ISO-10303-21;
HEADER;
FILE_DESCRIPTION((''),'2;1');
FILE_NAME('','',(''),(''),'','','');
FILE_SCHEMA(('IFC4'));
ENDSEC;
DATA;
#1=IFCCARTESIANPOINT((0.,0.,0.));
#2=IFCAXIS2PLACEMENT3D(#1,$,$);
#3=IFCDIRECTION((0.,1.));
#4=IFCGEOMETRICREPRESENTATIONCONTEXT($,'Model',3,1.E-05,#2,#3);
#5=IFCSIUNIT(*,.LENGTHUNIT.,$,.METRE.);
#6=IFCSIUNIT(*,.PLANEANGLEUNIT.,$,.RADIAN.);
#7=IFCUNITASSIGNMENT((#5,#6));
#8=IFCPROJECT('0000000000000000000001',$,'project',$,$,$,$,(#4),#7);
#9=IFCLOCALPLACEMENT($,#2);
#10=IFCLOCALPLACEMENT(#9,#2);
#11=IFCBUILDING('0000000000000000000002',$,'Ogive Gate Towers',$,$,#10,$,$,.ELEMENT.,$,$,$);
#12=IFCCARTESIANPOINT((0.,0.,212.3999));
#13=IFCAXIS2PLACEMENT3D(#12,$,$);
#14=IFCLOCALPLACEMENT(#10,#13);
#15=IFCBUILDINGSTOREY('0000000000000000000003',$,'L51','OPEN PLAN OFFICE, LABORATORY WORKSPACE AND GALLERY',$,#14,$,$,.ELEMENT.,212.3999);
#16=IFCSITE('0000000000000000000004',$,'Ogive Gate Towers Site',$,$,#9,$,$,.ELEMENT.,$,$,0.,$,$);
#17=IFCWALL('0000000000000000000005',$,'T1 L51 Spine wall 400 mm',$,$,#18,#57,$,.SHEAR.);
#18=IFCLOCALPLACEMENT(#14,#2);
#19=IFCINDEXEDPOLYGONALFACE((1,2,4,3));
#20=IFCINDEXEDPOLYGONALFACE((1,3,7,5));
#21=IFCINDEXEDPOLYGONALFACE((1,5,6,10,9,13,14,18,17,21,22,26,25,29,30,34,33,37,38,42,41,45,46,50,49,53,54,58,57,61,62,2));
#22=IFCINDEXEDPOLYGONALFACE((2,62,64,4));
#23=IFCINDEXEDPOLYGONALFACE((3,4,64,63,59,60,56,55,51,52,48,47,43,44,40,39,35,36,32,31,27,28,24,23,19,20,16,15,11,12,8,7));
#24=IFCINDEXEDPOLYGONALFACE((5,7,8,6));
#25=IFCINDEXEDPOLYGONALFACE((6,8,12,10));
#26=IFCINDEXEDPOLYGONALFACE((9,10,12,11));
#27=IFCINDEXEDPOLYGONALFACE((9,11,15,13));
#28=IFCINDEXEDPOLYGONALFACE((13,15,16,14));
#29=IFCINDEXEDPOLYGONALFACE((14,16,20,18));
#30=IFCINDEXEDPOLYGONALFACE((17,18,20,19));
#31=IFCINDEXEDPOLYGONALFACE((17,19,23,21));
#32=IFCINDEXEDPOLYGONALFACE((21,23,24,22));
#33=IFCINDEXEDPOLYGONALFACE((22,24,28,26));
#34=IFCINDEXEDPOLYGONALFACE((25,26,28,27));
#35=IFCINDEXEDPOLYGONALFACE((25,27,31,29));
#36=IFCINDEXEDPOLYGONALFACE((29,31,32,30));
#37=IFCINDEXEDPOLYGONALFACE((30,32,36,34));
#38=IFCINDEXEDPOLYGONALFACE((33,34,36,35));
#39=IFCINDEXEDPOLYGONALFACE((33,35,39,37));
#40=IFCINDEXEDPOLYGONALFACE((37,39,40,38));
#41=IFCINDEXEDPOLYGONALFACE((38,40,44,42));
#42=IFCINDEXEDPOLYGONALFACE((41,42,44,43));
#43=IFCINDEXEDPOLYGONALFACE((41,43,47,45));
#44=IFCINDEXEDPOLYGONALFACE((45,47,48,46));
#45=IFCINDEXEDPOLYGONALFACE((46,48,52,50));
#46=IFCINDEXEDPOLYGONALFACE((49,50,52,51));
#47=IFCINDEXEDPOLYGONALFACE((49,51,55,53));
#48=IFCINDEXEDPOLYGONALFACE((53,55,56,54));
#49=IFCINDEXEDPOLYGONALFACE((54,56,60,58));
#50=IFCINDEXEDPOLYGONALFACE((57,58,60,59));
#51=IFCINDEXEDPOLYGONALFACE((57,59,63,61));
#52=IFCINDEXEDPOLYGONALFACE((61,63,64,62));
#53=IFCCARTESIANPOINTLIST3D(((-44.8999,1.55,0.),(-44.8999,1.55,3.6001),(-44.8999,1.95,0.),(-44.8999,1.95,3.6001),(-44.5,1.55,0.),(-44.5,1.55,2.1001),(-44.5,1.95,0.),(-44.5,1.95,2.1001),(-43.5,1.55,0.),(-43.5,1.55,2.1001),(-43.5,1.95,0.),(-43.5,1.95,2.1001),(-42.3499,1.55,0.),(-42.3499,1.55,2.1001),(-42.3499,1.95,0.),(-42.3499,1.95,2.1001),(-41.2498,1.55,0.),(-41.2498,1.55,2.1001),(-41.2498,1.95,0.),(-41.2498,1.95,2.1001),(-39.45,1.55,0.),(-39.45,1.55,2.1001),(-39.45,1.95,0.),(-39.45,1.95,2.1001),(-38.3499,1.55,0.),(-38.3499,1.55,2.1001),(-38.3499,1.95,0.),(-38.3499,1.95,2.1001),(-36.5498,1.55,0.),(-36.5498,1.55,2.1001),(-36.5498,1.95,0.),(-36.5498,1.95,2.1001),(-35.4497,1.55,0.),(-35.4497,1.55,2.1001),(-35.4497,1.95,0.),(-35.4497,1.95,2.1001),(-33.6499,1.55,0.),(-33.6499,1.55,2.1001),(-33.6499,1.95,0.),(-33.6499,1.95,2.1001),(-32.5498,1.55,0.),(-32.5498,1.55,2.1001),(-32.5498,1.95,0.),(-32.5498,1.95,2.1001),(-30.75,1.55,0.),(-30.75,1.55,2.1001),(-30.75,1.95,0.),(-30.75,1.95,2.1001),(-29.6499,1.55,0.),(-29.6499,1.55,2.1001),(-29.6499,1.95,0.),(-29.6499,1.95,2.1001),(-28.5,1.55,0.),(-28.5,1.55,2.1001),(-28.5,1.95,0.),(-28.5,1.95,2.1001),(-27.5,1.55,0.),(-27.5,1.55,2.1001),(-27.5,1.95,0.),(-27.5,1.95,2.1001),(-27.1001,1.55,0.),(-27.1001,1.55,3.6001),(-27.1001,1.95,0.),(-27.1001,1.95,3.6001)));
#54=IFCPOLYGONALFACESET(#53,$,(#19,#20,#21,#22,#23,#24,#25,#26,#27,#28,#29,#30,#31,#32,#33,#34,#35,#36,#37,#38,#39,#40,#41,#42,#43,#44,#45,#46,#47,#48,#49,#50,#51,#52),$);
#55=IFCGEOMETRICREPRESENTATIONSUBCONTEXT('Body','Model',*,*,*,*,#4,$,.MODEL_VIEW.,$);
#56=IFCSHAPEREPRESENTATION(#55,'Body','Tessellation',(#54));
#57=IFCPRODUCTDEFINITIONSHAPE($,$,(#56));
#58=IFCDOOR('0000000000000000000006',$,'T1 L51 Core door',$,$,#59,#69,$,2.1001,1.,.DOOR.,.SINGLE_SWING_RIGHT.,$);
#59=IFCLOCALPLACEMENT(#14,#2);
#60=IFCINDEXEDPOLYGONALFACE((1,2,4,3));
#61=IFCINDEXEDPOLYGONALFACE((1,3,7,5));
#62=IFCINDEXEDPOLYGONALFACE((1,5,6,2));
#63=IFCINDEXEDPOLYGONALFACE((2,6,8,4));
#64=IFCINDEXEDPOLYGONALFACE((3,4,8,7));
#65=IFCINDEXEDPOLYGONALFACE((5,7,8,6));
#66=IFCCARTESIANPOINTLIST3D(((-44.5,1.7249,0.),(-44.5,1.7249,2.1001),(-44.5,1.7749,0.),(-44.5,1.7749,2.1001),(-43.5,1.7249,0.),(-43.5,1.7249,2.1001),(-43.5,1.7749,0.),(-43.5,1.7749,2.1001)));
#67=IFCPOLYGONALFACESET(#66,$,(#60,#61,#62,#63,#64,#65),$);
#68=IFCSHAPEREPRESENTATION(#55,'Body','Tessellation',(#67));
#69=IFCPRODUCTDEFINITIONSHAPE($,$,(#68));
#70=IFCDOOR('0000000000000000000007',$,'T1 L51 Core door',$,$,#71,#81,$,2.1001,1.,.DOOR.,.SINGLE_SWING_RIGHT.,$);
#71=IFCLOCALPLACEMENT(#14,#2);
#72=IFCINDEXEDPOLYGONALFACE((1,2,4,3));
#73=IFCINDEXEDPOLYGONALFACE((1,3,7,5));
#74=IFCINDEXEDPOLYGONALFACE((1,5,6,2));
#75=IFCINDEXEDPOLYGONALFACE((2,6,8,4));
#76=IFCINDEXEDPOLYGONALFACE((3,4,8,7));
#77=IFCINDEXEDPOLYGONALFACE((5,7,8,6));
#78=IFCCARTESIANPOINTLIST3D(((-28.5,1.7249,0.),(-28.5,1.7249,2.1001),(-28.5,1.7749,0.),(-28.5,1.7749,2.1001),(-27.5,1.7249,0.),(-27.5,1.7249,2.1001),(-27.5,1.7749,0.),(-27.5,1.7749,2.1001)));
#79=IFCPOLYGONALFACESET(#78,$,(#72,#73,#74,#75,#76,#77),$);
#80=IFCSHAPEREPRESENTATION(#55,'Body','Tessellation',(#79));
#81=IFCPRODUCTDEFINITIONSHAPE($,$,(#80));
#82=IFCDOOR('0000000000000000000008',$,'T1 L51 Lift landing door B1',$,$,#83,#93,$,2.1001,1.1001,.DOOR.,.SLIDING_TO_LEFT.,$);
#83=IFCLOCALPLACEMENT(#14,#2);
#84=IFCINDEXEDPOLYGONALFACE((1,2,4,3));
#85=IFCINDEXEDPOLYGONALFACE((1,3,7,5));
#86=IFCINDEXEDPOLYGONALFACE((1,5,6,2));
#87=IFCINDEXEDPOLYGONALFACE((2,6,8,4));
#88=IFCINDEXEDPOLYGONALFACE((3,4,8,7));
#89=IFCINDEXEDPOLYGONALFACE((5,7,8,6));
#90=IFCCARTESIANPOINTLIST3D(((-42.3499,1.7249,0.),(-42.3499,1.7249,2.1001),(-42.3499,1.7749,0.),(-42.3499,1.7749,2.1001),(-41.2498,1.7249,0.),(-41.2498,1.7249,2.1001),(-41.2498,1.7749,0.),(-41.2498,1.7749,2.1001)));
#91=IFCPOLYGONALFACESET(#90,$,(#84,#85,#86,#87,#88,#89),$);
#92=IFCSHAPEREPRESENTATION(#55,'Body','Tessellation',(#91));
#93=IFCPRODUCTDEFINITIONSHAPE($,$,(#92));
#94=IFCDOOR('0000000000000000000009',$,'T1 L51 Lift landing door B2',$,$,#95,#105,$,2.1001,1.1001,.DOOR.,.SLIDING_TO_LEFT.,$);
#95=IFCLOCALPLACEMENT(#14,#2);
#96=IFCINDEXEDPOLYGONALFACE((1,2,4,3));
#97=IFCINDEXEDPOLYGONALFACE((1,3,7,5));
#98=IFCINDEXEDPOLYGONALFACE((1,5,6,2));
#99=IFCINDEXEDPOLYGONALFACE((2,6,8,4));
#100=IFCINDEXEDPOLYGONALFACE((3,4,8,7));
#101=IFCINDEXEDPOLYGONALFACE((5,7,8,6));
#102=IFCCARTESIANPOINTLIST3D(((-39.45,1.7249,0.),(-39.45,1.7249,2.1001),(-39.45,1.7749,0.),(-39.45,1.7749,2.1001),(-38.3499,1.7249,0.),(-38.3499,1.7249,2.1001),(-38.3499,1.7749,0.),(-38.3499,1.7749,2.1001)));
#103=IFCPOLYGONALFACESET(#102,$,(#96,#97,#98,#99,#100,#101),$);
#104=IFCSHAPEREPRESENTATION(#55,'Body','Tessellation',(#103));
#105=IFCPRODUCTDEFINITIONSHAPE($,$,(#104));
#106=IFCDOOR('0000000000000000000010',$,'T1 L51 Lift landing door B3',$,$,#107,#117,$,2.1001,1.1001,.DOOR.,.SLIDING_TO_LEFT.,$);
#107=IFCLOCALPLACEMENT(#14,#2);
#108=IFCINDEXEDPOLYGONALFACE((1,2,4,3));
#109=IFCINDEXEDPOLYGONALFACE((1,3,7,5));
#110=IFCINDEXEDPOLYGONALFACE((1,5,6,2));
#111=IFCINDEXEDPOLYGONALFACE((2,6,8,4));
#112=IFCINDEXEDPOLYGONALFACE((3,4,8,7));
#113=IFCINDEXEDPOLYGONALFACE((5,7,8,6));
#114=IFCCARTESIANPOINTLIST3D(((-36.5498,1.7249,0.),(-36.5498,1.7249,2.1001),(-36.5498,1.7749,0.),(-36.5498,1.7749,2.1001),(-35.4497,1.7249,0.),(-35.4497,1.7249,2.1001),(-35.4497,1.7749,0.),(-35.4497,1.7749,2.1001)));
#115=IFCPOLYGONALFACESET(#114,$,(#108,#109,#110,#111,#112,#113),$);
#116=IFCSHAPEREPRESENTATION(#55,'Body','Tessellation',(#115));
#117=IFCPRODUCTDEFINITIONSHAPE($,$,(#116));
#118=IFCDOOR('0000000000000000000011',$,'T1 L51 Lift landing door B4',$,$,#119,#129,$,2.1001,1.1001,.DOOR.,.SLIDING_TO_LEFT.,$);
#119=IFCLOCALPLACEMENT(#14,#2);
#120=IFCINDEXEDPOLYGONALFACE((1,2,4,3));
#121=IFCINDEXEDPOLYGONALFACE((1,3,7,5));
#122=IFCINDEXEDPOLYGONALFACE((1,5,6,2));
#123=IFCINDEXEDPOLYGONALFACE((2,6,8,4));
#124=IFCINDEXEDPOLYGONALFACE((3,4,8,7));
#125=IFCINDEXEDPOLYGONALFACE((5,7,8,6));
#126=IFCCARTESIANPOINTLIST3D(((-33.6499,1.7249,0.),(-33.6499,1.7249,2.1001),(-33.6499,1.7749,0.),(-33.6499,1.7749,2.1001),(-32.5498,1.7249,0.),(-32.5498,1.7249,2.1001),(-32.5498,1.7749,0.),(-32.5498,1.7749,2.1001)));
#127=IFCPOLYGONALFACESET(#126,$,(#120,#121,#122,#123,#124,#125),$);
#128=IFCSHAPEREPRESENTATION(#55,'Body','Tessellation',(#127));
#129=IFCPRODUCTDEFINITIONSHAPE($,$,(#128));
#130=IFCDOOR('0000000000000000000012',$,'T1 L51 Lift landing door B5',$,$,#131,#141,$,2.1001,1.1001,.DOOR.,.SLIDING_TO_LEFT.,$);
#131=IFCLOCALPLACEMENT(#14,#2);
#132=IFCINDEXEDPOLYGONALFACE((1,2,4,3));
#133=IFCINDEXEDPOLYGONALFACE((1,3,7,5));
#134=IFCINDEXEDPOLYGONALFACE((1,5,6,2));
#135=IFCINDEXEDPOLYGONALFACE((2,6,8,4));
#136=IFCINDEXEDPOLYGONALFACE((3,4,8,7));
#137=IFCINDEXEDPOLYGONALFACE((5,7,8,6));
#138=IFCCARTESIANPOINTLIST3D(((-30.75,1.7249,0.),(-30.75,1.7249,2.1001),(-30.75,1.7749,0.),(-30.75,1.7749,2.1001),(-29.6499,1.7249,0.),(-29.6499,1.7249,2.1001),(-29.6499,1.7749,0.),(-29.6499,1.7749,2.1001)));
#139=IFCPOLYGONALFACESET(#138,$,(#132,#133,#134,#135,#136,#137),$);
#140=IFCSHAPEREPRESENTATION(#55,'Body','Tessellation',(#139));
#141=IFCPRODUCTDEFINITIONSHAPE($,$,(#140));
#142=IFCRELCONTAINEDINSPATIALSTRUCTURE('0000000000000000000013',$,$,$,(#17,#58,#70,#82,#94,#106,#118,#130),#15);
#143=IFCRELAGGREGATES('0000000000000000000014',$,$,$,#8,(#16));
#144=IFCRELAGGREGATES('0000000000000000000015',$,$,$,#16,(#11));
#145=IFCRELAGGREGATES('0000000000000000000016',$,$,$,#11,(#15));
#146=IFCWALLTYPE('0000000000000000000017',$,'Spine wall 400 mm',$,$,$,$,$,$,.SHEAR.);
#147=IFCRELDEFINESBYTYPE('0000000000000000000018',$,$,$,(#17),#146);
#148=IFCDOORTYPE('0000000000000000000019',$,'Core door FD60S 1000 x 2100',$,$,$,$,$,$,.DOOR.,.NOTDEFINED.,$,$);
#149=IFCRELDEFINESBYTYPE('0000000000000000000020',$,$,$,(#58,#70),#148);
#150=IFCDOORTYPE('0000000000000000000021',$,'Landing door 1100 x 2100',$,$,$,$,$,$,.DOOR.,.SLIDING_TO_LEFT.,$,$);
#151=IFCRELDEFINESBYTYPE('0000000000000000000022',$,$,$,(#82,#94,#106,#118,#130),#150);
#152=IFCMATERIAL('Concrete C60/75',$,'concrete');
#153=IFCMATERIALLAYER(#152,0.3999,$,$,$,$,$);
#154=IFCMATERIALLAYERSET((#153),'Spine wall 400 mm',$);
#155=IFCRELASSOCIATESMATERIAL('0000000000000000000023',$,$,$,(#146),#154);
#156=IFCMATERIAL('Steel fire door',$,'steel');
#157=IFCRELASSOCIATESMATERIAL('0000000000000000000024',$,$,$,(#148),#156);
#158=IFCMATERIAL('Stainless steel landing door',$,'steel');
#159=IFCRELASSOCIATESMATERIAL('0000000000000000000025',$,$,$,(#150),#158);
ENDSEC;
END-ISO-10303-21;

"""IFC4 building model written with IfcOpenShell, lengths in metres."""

from ifc_helpers import new_model, si_unit, direction, frame, frame_2d, origin, place, context, subcontext, project, spatial, rectangle, extrude, material, layer, layer_set, type_object, element, fill, save


model = new_model("IFC4")

# Units and contexts
model_context = context("Model", 3, precision=1e-05, world=origin(), true_north=direction((0.0, 1.0)))
body_context = subcontext(model_context, "Body", "Model", "MODEL_VIEW")
ifc_project = project(units=[si_unit("LENGTHUNIT", "METRE"), si_unit("PLANEANGLEUNIT", "RADIAN")], contexts=[model_context])

# Site, building, storey
site_placement = place(None, origin())
site = spatial("IfcSite", under=ifc_project, at=site_placement, Name="Ogive Gate Towers Site", CompositionType="ELEMENT", RefElevation=0.0)
building_placement = place(site_placement, origin())
building = spatial("IfcBuilding", under=site, at=building_placement, Name="Ogive Gate Towers", CompositionType="ELEMENT")
storey_placement = place(building_placement, frame((0.0, 0.0, 212.3999)))
storey = spatial("IfcBuildingStorey", under=building, at=storey_placement, Name="L51", Description="OPEN PLAN OFFICE, LABORATORY WORKSPACE AND GALLERY", CompositionType="ELEMENT", Elevation=212.3999)

# Shared definitions
ifc_material_1 = material(Name="Concrete C60/75", Category="concrete")

# Wall, openings, doors
ifc_layer_1 = layer(ifc_material_1, 0.3999)
ifc_layer_set_1 = layer_set([ifc_layer_1], Name="Spine wall 400 mm")
wall_type_1 = type_object("IfcWallType", Name="Spine wall 400 mm", PredefinedType="SHEAR", material=ifc_layer_set_1)
ifc_material_2 = material(Name="Steel fire door", Category="steel")
door_type_1 = type_object("IfcDoorType", Name="Core door FD60S 1000 x 2100", OperationType="NOTDEFINED", PredefinedType="DOOR", material=ifc_material_2)
ifc_material_3 = material(Name="Stainless steel landing door", Category="steel")
door_type_2 = type_object("IfcDoorType", Name="Landing door 1100 x 2100", OperationType="SLIDING_TO_LEFT", PredefinedType="DOOR", material=ifc_material_3)
wall_1_placement = place(storey_placement, frame((-44.8999, 1.75, 0.0), z_axis=(0.0, 0.0, 1.0), x_axis=(1.0, 0.0, 0.0)))
wall_1 = element("IfcWall", 1, at=wall_1_placement, inside=storey, type_object=wall_type_1, Name="T1 L51 Spine wall 400 mm", PredefinedType="SHEAR", context=body_context, shape_type="SweptSolid", body=[
    extrude(rectangle(XDim=17.7998, YDim=0.3999, at=frame_2d((8.8999, 0.0))), origin(), (0.0, 0.0, 1.0), 3.6001),
])
opening_1_placement = place(wall_1_placement, frame((0.3999, 0.0, 0.0)))
opening_1 = element("IfcOpeningElement", 2, at=opening_1_placement, cuts=wall_1, PredefinedType="OPENING", context=body_context, shape_type="SweptSolid", body=[
    extrude(rectangle(XDim=1.0, YDim=2.1001, at=frame_2d((0.5, 1.05))), frame((0.0, 0.21, 0.0), z_axis=(0.0, -1.0, 0.0), x_axis=(1.0, 0.0, 0.0)), (0.0, 0.0, 1.0), 0.4199),
])
opening_2_placement = place(wall_1_placement, frame((2.55, 0.0, 0.0)))
opening_2 = element("IfcOpeningElement", 3, at=opening_2_placement, cuts=wall_1, PredefinedType="OPENING", context=body_context, shape_type="SweptSolid", body=[
    extrude(rectangle(XDim=1.1001, YDim=2.1001, at=frame_2d((0.55, 1.05))), frame((0.0, 0.21, 0.0), z_axis=(0.0, -1.0, 0.0), x_axis=(1.0, 0.0, 0.0)), (0.0, 0.0, 1.0), 0.4199),
])
opening_3_placement = place(wall_1_placement, frame((5.45, 0.0, 0.0)))
opening_3 = element("IfcOpeningElement", 4, at=opening_3_placement, cuts=wall_1, PredefinedType="OPENING", context=body_context, shape_type="SweptSolid", body=[
    extrude(rectangle(XDim=1.1001, YDim=2.1001, at=frame_2d((0.55, 1.05))), frame((0.0, 0.21, 0.0), z_axis=(0.0, -1.0, 0.0), x_axis=(1.0, 0.0, 0.0)), (0.0, 0.0, 1.0), 0.4199),
])
opening_4_placement = place(wall_1_placement, frame((8.3501, 0.0, 0.0)))
opening_4 = element("IfcOpeningElement", 5, at=opening_4_placement, cuts=wall_1, PredefinedType="OPENING", context=body_context, shape_type="SweptSolid", body=[
    extrude(rectangle(XDim=1.1001, YDim=2.1001, at=frame_2d((0.55, 1.05))), frame((0.0, 0.21, 0.0), z_axis=(0.0, -1.0, 0.0), x_axis=(1.0, 0.0, 0.0)), (0.0, 0.0, 1.0), 0.4199),
])
opening_5_placement = place(wall_1_placement, frame((11.25, 0.0, 0.0)))
opening_5 = element("IfcOpeningElement", 6, at=opening_5_placement, cuts=wall_1, PredefinedType="OPENING", context=body_context, shape_type="SweptSolid", body=[
    extrude(rectangle(XDim=1.1001, YDim=2.1001, at=frame_2d((0.55, 1.05))), frame((0.0, 0.21, 0.0), z_axis=(0.0, -1.0, 0.0), x_axis=(1.0, 0.0, 0.0)), (0.0, 0.0, 1.0), 0.4199),
])
opening_6_placement = place(wall_1_placement, frame((14.1499, 0.0, 0.0)))
opening_6 = element("IfcOpeningElement", 7, at=opening_6_placement, cuts=wall_1, PredefinedType="OPENING", context=body_context, shape_type="SweptSolid", body=[
    extrude(rectangle(XDim=1.1001, YDim=2.1001, at=frame_2d((0.55, 1.05))), frame((0.0, 0.21, 0.0), z_axis=(0.0, -1.0, 0.0), x_axis=(1.0, 0.0, 0.0)), (0.0, 0.0, 1.0), 0.4199),
])
opening_7_placement = place(wall_1_placement, frame((16.3999, 0.0, 0.0)))
opening_7 = element("IfcOpeningElement", 8, at=opening_7_placement, cuts=wall_1, PredefinedType="OPENING", context=body_context, shape_type="SweptSolid", body=[
    extrude(rectangle(XDim=1.0, YDim=2.1001, at=frame_2d((0.5, 1.05))), frame((0.0, 0.21, 0.0), z_axis=(0.0, -1.0, 0.0), x_axis=(1.0, 0.0, 0.0)), (0.0, 0.0, 1.0), 0.4199),
])
door_1_placement = place(opening_1_placement, origin())
door_1 = element("IfcDoor", 9, at=door_1_placement, inside=storey, type_object=door_type_1, Name="T1 L51 Core door", OperationType="SINGLE_SWING_RIGHT", OverallHeight=2.1001, OverallWidth=1.0, PredefinedType="DOOR", context=body_context, shape_type="SweptSolid", body=[
    extrude(rectangle(XDim=1.0, YDim=2.1001, at=frame_2d((0.5, 1.05))), frame((0.0, 0.0249, 0.0), z_axis=(0.0, -1.0, 0.0), x_axis=(1.0, 0.0, 0.0)), (0.0, 0.0, 1.0), 0.05),
])
fill(opening_1, door_1)
door_2_placement = place(opening_7_placement, origin())
door_2 = element("IfcDoor", 10, at=door_2_placement, inside=storey, type_object=door_type_1, Name="T1 L51 Core door", OperationType="SINGLE_SWING_RIGHT", OverallHeight=2.1001, OverallWidth=1.0, PredefinedType="DOOR", context=body_context, shape_type="SweptSolid", body=[
    extrude(rectangle(XDim=1.0, YDim=2.1001, at=frame_2d((0.5, 1.05))), frame((0.0, 0.0249, 0.0), z_axis=(0.0, -1.0, 0.0), x_axis=(1.0, 0.0, 0.0)), (0.0, 0.0, 1.0), 0.05),
])
fill(opening_7, door_2)
door_3_placement = place(opening_2_placement, origin())
door_3 = element("IfcDoor", 11, at=door_3_placement, inside=storey, type_object=door_type_2, Name="T1 L51 Lift landing door B1", OperationType="SLIDING_TO_LEFT", OverallHeight=2.1001, OverallWidth=1.1001, PredefinedType="DOOR", context=body_context, shape_type="SweptSolid", body=[
    extrude(rectangle(XDim=1.1001, YDim=2.1001, at=frame_2d((0.55, 1.05))), frame((0.0, 0.0249, 0.0), z_axis=(0.0, -1.0, 0.0), x_axis=(1.0, 0.0, 0.0)), (0.0, 0.0, 1.0), 0.05),
])
fill(opening_2, door_3)
door_4_placement = place(opening_3_placement, origin())
door_4 = element("IfcDoor", 12, at=door_4_placement, inside=storey, type_object=door_type_2, Name="T1 L51 Lift landing door B2", OperationType="SLIDING_TO_LEFT", OverallHeight=2.1001, OverallWidth=1.1001, PredefinedType="DOOR", context=body_context, shape_type="SweptSolid", body=[
    extrude(rectangle(XDim=1.1001, YDim=2.1001, at=frame_2d((0.55, 1.05))), frame((0.0, 0.0249, 0.0), z_axis=(0.0, -1.0, 0.0), x_axis=(1.0, 0.0, 0.0)), (0.0, 0.0, 1.0), 0.05),
])
fill(opening_3, door_4)
door_5_placement = place(opening_4_placement, origin())
door_5 = element("IfcDoor", 13, at=door_5_placement, inside=storey, type_object=door_type_2, Name="T1 L51 Lift landing door B3", OperationType="SLIDING_TO_LEFT", OverallHeight=2.1001, OverallWidth=1.1001, PredefinedType="DOOR", context=body_context, shape_type="SweptSolid", body=[
    extrude(rectangle(XDim=1.1001, YDim=2.1001, at=frame_2d((0.55, 1.05))), frame((0.0, 0.0249, 0.0), z_axis=(0.0, -1.0, 0.0), x_axis=(1.0, 0.0, 0.0)), (0.0, 0.0, 1.0), 0.05),
])
fill(opening_4, door_5)
door_6_placement = place(opening_5_placement, origin())
door_6 = element("IfcDoor", 14, at=door_6_placement, inside=storey, type_object=door_type_2, Name="T1 L51 Lift landing door B4", OperationType="SLIDING_TO_LEFT", OverallHeight=2.1001, OverallWidth=1.1001, PredefinedType="DOOR", context=body_context, shape_type="SweptSolid", body=[
    extrude(rectangle(XDim=1.1001, YDim=2.1001, at=frame_2d((0.55, 1.05))), frame((0.0, 0.0249, 0.0), z_axis=(0.0, -1.0, 0.0), x_axis=(1.0, 0.0, 0.0)), (0.0, 0.0, 1.0), 0.05),
])
fill(opening_5, door_6)
door_7_placement = place(opening_6_placement, origin())
door_7 = element("IfcDoor", 15, at=door_7_placement, inside=storey, type_object=door_type_2, Name="T1 L51 Lift landing door B5", OperationType="SLIDING_TO_LEFT", OverallHeight=2.1001, OverallWidth=1.1001, PredefinedType="DOOR", context=body_context, shape_type="SweptSolid", body=[
    extrude(rectangle(XDim=1.1001, YDim=2.1001, at=frame_2d((0.55, 1.05))), frame((0.0, 0.0249, 0.0), z_axis=(0.0, -1.0, 0.0), x_axis=(1.0, 0.0, 0.0)), (0.0, 0.0, 1.0), 0.05),
])
fill(opening_6, door_7)

save(model, "model.ifc")
